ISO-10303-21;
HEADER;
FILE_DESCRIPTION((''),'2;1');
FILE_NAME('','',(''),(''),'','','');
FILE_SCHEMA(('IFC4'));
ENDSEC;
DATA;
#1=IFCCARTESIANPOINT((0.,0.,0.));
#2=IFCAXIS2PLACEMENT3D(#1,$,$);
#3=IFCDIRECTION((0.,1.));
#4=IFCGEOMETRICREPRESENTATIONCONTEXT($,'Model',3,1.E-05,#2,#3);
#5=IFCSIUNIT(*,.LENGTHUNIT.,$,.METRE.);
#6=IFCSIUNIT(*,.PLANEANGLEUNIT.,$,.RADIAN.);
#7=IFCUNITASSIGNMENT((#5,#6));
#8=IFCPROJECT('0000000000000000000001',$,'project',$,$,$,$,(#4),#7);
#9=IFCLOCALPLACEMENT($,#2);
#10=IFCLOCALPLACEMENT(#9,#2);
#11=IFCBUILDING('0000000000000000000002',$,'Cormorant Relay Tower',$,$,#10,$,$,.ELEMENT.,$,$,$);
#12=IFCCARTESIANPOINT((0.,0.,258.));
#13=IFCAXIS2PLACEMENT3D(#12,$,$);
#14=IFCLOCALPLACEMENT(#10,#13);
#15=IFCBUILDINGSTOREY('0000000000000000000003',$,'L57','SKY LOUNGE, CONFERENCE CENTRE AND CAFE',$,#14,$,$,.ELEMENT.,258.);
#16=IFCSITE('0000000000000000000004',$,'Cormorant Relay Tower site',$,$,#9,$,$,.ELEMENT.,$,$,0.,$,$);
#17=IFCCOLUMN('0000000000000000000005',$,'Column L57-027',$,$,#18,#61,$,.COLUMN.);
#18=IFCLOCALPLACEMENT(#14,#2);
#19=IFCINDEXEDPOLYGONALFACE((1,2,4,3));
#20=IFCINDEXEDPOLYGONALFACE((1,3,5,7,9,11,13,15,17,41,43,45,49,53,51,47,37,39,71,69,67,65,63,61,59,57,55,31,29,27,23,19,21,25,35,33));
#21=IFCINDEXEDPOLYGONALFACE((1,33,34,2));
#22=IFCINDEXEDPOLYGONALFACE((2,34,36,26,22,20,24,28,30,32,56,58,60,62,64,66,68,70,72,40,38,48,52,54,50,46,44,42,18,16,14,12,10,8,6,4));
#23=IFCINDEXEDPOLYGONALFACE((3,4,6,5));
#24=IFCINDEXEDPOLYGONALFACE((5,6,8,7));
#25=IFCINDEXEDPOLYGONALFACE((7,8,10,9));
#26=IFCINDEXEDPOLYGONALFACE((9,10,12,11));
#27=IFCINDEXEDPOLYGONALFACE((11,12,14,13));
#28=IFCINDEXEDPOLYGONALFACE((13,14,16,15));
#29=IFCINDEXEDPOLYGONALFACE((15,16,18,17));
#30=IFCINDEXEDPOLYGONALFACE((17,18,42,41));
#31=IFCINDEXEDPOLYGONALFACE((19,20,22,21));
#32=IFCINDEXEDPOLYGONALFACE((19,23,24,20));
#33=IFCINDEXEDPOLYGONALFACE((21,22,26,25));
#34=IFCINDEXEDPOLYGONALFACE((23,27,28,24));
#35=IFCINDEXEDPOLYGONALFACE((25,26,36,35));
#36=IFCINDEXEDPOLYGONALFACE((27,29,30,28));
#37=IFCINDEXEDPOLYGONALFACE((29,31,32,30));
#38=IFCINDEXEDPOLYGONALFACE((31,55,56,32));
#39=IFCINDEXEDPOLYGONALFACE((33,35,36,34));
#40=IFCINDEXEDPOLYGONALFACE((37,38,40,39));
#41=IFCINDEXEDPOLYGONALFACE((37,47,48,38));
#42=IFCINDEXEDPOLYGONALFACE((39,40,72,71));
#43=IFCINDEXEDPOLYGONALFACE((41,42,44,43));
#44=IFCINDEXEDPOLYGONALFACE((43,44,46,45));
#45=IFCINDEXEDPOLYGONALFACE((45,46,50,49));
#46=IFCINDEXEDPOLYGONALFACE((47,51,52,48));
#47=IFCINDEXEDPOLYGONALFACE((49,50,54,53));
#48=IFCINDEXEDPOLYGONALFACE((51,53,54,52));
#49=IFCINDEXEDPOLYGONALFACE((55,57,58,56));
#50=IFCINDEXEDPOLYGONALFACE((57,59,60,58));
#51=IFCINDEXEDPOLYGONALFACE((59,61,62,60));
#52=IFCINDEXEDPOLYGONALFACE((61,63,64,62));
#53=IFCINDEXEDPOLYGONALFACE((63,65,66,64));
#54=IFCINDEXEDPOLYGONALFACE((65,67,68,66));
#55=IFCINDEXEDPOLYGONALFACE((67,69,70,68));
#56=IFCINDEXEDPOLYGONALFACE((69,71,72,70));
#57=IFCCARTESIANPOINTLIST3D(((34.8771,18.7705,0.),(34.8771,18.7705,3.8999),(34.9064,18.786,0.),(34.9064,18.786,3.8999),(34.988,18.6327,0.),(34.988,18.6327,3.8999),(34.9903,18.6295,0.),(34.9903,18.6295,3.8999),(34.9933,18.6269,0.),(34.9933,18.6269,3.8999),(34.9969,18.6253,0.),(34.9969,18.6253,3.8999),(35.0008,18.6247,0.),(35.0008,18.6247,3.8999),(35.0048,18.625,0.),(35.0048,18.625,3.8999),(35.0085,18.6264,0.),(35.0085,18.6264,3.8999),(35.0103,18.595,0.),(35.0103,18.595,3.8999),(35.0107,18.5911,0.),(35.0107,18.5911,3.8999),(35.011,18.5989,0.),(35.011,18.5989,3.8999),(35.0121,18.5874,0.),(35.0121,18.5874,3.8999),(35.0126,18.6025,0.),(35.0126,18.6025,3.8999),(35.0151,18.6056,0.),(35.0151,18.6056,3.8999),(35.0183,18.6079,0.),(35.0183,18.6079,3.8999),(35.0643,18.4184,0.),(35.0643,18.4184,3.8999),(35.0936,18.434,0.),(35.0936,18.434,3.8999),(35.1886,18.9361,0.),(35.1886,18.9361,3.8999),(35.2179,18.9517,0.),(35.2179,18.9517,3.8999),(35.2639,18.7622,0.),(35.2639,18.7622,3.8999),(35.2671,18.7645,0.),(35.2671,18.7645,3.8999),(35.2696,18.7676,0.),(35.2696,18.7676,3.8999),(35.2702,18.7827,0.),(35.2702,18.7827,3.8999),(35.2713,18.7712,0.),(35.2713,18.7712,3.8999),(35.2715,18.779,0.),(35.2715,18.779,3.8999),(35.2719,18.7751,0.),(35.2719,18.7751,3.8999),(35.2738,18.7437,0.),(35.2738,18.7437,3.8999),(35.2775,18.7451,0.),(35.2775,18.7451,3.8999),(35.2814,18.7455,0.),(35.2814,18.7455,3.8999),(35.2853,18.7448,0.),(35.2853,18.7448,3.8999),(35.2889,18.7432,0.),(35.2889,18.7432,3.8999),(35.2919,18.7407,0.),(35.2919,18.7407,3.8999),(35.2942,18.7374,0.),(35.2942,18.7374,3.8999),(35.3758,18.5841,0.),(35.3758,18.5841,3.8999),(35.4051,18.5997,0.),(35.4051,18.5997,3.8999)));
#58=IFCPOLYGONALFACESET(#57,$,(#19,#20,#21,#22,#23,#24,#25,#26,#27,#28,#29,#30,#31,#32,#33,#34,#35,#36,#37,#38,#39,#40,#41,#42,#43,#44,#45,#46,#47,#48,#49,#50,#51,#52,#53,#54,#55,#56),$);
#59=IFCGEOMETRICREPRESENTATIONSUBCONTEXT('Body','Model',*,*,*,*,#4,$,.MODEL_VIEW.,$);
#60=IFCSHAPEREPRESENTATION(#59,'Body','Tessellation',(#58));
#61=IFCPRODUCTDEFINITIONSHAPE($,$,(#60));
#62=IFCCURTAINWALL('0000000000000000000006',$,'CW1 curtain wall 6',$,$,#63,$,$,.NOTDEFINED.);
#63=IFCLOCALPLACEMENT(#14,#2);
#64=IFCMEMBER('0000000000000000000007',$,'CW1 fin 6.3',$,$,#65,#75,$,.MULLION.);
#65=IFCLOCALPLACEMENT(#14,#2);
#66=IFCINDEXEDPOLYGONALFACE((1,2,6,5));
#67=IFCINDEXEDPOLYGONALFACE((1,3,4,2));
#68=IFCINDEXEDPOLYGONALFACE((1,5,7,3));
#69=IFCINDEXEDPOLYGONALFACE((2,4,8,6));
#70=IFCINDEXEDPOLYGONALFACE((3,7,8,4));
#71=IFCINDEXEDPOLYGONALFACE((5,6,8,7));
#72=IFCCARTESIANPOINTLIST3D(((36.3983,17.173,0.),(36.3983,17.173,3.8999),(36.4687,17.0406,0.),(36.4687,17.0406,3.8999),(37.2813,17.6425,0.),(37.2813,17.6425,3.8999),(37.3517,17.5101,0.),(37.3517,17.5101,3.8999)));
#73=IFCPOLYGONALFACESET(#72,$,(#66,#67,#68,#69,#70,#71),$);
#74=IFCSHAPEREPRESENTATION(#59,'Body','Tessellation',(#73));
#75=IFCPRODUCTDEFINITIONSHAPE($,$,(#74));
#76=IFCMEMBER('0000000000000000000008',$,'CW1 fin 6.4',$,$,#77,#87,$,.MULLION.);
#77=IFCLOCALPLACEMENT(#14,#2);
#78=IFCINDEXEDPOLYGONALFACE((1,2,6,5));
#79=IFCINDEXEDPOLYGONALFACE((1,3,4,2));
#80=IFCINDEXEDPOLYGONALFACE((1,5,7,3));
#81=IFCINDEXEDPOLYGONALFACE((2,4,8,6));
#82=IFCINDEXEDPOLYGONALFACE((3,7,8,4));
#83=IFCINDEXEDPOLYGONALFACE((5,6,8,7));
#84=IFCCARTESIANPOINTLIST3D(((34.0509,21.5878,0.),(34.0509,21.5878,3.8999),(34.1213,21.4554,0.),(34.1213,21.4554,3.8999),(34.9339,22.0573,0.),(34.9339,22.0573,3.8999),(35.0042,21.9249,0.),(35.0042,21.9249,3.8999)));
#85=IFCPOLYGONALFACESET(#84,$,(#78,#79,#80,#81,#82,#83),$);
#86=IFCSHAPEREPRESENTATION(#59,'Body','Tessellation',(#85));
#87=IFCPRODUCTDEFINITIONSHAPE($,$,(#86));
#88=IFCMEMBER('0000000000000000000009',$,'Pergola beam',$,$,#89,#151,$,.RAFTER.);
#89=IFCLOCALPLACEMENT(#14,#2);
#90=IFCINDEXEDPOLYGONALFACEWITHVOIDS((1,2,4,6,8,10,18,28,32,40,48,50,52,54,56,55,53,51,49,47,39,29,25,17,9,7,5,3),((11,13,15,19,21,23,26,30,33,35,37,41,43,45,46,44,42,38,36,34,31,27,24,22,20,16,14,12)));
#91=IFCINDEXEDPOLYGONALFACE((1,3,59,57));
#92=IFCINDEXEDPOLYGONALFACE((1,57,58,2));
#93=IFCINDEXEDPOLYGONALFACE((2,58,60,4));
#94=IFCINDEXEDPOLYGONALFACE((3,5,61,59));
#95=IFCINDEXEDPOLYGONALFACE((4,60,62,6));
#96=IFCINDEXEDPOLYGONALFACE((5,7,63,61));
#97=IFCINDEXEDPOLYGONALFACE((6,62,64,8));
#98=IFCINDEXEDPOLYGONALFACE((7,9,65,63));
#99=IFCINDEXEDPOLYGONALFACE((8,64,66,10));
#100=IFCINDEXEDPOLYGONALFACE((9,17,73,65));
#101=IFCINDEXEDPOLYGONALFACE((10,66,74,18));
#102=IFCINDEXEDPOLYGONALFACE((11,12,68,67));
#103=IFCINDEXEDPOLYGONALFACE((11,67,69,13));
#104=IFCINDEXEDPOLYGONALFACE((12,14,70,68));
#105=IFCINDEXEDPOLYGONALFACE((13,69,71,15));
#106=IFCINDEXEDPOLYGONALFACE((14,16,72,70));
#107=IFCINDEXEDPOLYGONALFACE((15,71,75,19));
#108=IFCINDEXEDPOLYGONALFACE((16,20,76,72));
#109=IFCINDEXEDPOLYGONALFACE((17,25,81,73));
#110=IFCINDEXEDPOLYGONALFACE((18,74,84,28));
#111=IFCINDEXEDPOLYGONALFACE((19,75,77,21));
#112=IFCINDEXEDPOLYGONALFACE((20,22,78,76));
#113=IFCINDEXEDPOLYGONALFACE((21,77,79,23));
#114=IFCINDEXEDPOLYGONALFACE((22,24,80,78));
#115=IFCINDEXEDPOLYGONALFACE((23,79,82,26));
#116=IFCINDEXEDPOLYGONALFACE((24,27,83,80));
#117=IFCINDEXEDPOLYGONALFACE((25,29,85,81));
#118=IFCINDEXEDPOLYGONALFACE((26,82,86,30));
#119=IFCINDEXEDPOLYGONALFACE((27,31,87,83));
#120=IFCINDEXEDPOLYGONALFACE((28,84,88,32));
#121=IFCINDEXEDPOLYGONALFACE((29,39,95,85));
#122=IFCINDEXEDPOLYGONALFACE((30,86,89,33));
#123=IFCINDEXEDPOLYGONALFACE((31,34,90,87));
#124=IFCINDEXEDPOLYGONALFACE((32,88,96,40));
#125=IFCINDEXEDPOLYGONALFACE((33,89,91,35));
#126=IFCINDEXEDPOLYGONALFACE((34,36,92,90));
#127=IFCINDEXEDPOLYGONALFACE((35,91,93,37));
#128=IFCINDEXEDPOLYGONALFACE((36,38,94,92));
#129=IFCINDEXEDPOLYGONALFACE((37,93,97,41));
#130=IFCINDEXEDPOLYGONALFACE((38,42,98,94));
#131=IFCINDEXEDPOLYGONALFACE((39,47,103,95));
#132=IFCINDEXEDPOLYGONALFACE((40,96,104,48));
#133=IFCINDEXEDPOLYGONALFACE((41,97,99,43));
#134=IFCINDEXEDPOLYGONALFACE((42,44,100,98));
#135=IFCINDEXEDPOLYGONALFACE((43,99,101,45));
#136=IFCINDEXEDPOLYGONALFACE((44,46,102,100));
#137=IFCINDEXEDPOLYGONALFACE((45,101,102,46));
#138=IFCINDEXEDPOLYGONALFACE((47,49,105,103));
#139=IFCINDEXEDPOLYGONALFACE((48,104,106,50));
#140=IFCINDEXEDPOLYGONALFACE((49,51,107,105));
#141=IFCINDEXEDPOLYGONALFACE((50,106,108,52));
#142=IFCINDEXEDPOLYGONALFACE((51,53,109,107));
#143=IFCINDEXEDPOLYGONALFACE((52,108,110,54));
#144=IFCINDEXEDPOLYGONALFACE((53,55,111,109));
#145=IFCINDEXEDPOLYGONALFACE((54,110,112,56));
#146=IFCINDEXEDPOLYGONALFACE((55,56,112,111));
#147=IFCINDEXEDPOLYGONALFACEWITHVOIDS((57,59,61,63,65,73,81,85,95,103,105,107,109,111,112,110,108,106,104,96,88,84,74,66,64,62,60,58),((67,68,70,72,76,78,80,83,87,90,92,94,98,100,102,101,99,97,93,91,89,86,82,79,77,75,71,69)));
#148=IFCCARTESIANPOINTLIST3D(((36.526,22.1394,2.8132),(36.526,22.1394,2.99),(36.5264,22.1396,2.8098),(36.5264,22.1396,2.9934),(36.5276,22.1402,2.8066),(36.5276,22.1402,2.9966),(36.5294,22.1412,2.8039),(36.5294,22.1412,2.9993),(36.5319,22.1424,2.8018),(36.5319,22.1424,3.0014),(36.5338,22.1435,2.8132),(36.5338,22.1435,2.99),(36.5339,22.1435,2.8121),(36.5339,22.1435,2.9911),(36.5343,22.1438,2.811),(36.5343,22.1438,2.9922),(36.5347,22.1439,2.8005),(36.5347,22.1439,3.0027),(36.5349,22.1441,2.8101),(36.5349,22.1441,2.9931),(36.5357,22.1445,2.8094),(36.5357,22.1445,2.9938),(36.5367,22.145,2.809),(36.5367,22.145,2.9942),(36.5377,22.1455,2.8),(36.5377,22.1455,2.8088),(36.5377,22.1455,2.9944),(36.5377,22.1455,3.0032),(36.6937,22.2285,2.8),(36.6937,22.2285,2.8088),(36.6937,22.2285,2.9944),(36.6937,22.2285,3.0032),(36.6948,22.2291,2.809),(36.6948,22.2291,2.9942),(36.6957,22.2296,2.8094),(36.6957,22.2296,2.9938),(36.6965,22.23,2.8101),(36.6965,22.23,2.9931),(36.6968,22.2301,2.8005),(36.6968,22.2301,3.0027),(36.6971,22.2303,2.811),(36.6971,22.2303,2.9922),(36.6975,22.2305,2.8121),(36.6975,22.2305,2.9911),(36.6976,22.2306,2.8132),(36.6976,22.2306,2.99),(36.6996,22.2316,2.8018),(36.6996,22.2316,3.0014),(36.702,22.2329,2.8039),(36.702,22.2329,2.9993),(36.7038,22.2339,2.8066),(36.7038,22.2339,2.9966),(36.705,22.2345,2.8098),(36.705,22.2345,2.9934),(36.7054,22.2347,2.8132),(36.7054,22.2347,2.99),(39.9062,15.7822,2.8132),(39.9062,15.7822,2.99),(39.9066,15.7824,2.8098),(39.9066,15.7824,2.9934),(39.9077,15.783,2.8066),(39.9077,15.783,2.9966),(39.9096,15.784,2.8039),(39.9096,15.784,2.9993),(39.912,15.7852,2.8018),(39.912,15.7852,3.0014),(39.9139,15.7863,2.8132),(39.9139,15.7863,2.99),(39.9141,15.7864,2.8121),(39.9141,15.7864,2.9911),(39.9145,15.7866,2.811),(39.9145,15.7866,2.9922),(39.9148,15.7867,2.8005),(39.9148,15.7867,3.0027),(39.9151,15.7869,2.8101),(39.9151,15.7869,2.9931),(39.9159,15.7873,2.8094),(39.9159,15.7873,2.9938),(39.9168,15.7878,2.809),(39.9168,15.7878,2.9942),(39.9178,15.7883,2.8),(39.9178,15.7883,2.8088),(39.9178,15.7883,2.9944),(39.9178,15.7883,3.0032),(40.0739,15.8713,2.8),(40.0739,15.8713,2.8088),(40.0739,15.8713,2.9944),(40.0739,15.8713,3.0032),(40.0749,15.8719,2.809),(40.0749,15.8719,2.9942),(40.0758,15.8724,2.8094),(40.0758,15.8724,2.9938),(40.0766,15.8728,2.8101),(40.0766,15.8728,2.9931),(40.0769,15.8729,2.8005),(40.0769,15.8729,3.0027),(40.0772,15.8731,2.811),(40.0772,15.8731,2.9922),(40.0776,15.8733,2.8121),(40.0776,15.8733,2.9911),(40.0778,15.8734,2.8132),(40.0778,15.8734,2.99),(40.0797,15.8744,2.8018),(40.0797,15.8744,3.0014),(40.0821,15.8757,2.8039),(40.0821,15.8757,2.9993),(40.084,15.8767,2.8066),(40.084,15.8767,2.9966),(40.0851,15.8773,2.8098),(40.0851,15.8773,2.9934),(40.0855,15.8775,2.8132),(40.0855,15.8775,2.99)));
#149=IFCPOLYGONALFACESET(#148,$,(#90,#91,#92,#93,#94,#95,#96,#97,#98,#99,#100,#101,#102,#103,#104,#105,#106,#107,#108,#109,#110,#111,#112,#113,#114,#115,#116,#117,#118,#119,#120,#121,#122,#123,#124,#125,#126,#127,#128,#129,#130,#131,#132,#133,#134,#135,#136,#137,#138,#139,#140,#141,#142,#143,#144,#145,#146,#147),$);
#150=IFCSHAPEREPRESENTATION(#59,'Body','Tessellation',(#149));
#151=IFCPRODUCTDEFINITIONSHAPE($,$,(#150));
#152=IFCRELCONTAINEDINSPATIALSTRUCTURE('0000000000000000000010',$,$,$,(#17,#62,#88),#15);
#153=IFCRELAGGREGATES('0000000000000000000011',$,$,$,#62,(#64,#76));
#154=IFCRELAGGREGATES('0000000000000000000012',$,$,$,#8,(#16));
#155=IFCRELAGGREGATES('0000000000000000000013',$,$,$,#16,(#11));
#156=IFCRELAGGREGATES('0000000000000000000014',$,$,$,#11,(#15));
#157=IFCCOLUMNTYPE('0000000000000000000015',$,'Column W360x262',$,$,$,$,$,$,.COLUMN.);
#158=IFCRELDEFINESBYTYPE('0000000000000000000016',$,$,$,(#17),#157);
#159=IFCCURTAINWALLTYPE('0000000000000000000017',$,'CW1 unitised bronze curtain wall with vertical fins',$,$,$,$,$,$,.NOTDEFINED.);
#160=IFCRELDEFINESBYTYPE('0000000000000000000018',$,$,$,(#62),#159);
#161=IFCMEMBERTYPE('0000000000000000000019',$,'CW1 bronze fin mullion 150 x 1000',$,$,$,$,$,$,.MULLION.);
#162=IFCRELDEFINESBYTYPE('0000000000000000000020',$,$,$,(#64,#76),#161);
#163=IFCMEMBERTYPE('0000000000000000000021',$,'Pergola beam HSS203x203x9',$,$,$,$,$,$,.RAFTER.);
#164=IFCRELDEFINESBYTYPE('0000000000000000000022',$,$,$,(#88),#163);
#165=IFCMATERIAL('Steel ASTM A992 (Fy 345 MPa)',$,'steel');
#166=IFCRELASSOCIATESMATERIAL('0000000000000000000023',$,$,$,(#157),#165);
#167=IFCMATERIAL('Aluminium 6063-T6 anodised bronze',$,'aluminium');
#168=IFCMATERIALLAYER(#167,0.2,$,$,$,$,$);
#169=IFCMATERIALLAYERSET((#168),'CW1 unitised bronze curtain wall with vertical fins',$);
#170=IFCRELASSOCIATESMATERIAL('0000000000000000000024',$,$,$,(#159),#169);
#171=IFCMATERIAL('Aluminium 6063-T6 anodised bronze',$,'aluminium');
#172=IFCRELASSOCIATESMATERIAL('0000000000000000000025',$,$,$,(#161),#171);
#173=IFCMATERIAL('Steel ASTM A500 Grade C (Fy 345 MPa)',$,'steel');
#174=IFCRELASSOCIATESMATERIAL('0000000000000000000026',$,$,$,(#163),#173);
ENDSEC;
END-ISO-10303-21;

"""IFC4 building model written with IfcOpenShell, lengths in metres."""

from ifc_helpers import new_model, si_unit, direction, frame, origin, origin_2d, place, context, subcontext, project, spatial, rectangle, hollow_rectangle, i_section, extrude, material, layer, layer_set, material_profile, profile_set, type_object, element, aggregate, save


model = new_model("IFC4")

# Units and contexts
model_context = context("Model", 3, precision=1e-05, world=origin(), true_north=direction((0.0, 1.0)))
body_context = subcontext(model_context, "Body", "Model", "MODEL_VIEW")
ifc_project = project(units=[si_unit("LENGTHUNIT", "METRE"), si_unit("PLANEANGLEUNIT", "RADIAN")], contexts=[model_context])

# Site, building, storey
site_placement = place(None, origin())
site = spatial("IfcSite", under=ifc_project, at=site_placement, Name="Cormorant Relay Tower site", CompositionType="ELEMENT", RefElevation=0.0)
building_placement = place(site_placement, origin())
building = spatial("IfcBuilding", under=site, at=building_placement, Name="Cormorant Relay Tower", CompositionType="ELEMENT")
storey_placement = place(building_placement, frame((0.0, 0.0, 258.0)))
storey = spatial("IfcBuildingStorey", under=building, at=storey_placement, Name="L57", Description="SKY LOUNGE, CONFERENCE CENTRE AND CAFE", CompositionType="ELEMENT", Elevation=258.0)

# Column
ifc_material_1 = material(Name="Steel ASTM A992 (Fy 345 MPa)", Category="steel")
ifc_material_profile_1 = material_profile(ifc_material_1, i_section(OverallWidth=0.3987, OverallDepth=0.386, WebThickness=0.021, FlangeThickness=0.0332, FilletRadius=0.0151, at=origin_2d()), Name="W360x262")
ifc_profile_set_1 = profile_set([ifc_material_profile_1], Name="Steel ASTM A992 (Fy 345 MPa)")
column_type = type_object("IfcColumnType", Name="Column W360x262", PredefinedType="COLUMN", material=ifc_profile_set_1)
column_placement = place(storey_placement, frame((35.1411, 18.6851, 0.0), z_axis=(0.0, 0.0, 1.0), x_axis=(-0.469472, 0.882948, 0.0)))
element("IfcColumn", 1, at=column_placement, inside=storey, type_object=column_type, Name="Column L57-027", PredefinedType="COLUMN", context=body_context, shape_type="SweptSolid", body=[
    extrude(i_section(OverallWidth=0.3987, OverallDepth=0.386, WebThickness=0.021, FlangeThickness=0.0332, FilletRadius=0.0151, at=origin_2d()), origin(), (0.0, 0.0, 1.0), 3.8999),
])

# Curtain wall, members
ifc_material_2 = material(Name="Aluminium 6063-T6 anodised bronze", Category="aluminium")
ifc_layer_1 = layer(ifc_material_2, 0.2)
ifc_layer_set_1 = layer_set([ifc_layer_1], Name="CW1 unitised bronze curtain wall with vertical fins")
curtain_wall_type = type_object("IfcCurtainWallType", Name="CW1 unitised bronze curtain wall with vertical fins", PredefinedType="NOTDEFINED", material=ifc_layer_set_1)
curtain_wall_placement = place(storey_placement, origin())
curtain_wall = element("IfcCurtainWall", 2, at=curtain_wall_placement, inside=storey, type_object=curtain_wall_type, Name="CW1 curtain wall 6", PredefinedType="NOTDEFINED")
ifc_material_3 = material(Name="Aluminium 6063-T6 anodised bronze", Category="aluminium")
ifc_material_profile_2 = material_profile(ifc_material_3, rectangle(XDim=0.1499, YDim=1.0, at=origin_2d()), Name="AL 150x1000")
ifc_profile_set_2 = profile_set([ifc_material_profile_2], Name="Aluminium 6063-T6 anodised bronze")
member_type_1 = type_object("IfcMemberType", Name="CW1 bronze fin mullion 150 x 1000", PredefinedType="MULLION", material=ifc_profile_set_2)
member_1_placement = place(storey_placement, frame((36.875, 17.3416, 0.0), z_axis=(0.0, 0.0, 1.0), x_axis=(-0.469472, 0.882948, 0.0)))
member_1 = element("IfcMember", 3, at=member_1_placement, type_object=member_type_1, Name="CW1 fin 6.3", PredefinedType="MULLION", context=body_context, shape_type="SweptSolid", body=[
    extrude(rectangle(XDim=0.1499, YDim=1.0, at=origin_2d()), origin(), (0.0, 0.0, 1.0), 3.8999),
])
member_2_placement = place(storey_placement, frame((34.5276, 21.7563, 0.0), z_axis=(0.0, 0.0, 1.0), x_axis=(-0.469472, 0.882948, 0.0)))
member_2 = element("IfcMember", 4, at=member_2_placement, type_object=member_type_1, Name="CW1 fin 6.4", PredefinedType="MULLION", context=body_context, shape_type="SweptSolid", body=[
    extrude(rectangle(XDim=0.1499, YDim=1.0, at=origin_2d()), origin(), (0.0, 0.0, 1.0), 3.8999),
])

# Member
ifc_material_4 = material(Name="Steel ASTM A500 Grade C (Fy 345 MPa)", Category="steel")
ifc_material_profile_3 = material_profile(ifc_material_4, hollow_rectangle(XDim=0.2031, YDim=0.2031, WallThickness=0.0088, InnerFilletRadius=0.0044, OuterFilletRadius=0.0132, at=origin_2d()), Name="HSS203x203x9")
ifc_profile_set_3 = profile_set([ifc_material_profile_3], Name="Steel ASTM A500 Grade C (Fy 345 MPa)")
member_type_2 = type_object("IfcMemberType", Name="Pergola beam HSS203x203x9", PredefinedType="RAFTER", material=ifc_profile_set_3)
for number, where, z_axis, x_axis, name in (
    (5, (39.9958, 15.8298, 2.9016), (-0.469467, 0.88295, 0.0), (-0.88295, -0.469467, 0.0), "Pergola beam"),
):
    element("IfcMember", number, at=place(storey_placement, frame(where, z_axis=z_axis, x_axis=x_axis)), inside=storey, type_object=member_type_2, Name=name, PredefinedType="RAFTER", context=body_context, shape_type="SweptSolid", body=[
        extrude(hollow_rectangle(XDim=0.2031, YDim=0.2031, WallThickness=0.0088, InnerFilletRadius=0.0044, OuterFilletRadius=0.0132, at=origin_2d()), origin(), (0.0, 0.0, 1.0), 7.2),
    ])

aggregate(curtain_wall, [member_1, member_2])

save(model, "model.ifc")
